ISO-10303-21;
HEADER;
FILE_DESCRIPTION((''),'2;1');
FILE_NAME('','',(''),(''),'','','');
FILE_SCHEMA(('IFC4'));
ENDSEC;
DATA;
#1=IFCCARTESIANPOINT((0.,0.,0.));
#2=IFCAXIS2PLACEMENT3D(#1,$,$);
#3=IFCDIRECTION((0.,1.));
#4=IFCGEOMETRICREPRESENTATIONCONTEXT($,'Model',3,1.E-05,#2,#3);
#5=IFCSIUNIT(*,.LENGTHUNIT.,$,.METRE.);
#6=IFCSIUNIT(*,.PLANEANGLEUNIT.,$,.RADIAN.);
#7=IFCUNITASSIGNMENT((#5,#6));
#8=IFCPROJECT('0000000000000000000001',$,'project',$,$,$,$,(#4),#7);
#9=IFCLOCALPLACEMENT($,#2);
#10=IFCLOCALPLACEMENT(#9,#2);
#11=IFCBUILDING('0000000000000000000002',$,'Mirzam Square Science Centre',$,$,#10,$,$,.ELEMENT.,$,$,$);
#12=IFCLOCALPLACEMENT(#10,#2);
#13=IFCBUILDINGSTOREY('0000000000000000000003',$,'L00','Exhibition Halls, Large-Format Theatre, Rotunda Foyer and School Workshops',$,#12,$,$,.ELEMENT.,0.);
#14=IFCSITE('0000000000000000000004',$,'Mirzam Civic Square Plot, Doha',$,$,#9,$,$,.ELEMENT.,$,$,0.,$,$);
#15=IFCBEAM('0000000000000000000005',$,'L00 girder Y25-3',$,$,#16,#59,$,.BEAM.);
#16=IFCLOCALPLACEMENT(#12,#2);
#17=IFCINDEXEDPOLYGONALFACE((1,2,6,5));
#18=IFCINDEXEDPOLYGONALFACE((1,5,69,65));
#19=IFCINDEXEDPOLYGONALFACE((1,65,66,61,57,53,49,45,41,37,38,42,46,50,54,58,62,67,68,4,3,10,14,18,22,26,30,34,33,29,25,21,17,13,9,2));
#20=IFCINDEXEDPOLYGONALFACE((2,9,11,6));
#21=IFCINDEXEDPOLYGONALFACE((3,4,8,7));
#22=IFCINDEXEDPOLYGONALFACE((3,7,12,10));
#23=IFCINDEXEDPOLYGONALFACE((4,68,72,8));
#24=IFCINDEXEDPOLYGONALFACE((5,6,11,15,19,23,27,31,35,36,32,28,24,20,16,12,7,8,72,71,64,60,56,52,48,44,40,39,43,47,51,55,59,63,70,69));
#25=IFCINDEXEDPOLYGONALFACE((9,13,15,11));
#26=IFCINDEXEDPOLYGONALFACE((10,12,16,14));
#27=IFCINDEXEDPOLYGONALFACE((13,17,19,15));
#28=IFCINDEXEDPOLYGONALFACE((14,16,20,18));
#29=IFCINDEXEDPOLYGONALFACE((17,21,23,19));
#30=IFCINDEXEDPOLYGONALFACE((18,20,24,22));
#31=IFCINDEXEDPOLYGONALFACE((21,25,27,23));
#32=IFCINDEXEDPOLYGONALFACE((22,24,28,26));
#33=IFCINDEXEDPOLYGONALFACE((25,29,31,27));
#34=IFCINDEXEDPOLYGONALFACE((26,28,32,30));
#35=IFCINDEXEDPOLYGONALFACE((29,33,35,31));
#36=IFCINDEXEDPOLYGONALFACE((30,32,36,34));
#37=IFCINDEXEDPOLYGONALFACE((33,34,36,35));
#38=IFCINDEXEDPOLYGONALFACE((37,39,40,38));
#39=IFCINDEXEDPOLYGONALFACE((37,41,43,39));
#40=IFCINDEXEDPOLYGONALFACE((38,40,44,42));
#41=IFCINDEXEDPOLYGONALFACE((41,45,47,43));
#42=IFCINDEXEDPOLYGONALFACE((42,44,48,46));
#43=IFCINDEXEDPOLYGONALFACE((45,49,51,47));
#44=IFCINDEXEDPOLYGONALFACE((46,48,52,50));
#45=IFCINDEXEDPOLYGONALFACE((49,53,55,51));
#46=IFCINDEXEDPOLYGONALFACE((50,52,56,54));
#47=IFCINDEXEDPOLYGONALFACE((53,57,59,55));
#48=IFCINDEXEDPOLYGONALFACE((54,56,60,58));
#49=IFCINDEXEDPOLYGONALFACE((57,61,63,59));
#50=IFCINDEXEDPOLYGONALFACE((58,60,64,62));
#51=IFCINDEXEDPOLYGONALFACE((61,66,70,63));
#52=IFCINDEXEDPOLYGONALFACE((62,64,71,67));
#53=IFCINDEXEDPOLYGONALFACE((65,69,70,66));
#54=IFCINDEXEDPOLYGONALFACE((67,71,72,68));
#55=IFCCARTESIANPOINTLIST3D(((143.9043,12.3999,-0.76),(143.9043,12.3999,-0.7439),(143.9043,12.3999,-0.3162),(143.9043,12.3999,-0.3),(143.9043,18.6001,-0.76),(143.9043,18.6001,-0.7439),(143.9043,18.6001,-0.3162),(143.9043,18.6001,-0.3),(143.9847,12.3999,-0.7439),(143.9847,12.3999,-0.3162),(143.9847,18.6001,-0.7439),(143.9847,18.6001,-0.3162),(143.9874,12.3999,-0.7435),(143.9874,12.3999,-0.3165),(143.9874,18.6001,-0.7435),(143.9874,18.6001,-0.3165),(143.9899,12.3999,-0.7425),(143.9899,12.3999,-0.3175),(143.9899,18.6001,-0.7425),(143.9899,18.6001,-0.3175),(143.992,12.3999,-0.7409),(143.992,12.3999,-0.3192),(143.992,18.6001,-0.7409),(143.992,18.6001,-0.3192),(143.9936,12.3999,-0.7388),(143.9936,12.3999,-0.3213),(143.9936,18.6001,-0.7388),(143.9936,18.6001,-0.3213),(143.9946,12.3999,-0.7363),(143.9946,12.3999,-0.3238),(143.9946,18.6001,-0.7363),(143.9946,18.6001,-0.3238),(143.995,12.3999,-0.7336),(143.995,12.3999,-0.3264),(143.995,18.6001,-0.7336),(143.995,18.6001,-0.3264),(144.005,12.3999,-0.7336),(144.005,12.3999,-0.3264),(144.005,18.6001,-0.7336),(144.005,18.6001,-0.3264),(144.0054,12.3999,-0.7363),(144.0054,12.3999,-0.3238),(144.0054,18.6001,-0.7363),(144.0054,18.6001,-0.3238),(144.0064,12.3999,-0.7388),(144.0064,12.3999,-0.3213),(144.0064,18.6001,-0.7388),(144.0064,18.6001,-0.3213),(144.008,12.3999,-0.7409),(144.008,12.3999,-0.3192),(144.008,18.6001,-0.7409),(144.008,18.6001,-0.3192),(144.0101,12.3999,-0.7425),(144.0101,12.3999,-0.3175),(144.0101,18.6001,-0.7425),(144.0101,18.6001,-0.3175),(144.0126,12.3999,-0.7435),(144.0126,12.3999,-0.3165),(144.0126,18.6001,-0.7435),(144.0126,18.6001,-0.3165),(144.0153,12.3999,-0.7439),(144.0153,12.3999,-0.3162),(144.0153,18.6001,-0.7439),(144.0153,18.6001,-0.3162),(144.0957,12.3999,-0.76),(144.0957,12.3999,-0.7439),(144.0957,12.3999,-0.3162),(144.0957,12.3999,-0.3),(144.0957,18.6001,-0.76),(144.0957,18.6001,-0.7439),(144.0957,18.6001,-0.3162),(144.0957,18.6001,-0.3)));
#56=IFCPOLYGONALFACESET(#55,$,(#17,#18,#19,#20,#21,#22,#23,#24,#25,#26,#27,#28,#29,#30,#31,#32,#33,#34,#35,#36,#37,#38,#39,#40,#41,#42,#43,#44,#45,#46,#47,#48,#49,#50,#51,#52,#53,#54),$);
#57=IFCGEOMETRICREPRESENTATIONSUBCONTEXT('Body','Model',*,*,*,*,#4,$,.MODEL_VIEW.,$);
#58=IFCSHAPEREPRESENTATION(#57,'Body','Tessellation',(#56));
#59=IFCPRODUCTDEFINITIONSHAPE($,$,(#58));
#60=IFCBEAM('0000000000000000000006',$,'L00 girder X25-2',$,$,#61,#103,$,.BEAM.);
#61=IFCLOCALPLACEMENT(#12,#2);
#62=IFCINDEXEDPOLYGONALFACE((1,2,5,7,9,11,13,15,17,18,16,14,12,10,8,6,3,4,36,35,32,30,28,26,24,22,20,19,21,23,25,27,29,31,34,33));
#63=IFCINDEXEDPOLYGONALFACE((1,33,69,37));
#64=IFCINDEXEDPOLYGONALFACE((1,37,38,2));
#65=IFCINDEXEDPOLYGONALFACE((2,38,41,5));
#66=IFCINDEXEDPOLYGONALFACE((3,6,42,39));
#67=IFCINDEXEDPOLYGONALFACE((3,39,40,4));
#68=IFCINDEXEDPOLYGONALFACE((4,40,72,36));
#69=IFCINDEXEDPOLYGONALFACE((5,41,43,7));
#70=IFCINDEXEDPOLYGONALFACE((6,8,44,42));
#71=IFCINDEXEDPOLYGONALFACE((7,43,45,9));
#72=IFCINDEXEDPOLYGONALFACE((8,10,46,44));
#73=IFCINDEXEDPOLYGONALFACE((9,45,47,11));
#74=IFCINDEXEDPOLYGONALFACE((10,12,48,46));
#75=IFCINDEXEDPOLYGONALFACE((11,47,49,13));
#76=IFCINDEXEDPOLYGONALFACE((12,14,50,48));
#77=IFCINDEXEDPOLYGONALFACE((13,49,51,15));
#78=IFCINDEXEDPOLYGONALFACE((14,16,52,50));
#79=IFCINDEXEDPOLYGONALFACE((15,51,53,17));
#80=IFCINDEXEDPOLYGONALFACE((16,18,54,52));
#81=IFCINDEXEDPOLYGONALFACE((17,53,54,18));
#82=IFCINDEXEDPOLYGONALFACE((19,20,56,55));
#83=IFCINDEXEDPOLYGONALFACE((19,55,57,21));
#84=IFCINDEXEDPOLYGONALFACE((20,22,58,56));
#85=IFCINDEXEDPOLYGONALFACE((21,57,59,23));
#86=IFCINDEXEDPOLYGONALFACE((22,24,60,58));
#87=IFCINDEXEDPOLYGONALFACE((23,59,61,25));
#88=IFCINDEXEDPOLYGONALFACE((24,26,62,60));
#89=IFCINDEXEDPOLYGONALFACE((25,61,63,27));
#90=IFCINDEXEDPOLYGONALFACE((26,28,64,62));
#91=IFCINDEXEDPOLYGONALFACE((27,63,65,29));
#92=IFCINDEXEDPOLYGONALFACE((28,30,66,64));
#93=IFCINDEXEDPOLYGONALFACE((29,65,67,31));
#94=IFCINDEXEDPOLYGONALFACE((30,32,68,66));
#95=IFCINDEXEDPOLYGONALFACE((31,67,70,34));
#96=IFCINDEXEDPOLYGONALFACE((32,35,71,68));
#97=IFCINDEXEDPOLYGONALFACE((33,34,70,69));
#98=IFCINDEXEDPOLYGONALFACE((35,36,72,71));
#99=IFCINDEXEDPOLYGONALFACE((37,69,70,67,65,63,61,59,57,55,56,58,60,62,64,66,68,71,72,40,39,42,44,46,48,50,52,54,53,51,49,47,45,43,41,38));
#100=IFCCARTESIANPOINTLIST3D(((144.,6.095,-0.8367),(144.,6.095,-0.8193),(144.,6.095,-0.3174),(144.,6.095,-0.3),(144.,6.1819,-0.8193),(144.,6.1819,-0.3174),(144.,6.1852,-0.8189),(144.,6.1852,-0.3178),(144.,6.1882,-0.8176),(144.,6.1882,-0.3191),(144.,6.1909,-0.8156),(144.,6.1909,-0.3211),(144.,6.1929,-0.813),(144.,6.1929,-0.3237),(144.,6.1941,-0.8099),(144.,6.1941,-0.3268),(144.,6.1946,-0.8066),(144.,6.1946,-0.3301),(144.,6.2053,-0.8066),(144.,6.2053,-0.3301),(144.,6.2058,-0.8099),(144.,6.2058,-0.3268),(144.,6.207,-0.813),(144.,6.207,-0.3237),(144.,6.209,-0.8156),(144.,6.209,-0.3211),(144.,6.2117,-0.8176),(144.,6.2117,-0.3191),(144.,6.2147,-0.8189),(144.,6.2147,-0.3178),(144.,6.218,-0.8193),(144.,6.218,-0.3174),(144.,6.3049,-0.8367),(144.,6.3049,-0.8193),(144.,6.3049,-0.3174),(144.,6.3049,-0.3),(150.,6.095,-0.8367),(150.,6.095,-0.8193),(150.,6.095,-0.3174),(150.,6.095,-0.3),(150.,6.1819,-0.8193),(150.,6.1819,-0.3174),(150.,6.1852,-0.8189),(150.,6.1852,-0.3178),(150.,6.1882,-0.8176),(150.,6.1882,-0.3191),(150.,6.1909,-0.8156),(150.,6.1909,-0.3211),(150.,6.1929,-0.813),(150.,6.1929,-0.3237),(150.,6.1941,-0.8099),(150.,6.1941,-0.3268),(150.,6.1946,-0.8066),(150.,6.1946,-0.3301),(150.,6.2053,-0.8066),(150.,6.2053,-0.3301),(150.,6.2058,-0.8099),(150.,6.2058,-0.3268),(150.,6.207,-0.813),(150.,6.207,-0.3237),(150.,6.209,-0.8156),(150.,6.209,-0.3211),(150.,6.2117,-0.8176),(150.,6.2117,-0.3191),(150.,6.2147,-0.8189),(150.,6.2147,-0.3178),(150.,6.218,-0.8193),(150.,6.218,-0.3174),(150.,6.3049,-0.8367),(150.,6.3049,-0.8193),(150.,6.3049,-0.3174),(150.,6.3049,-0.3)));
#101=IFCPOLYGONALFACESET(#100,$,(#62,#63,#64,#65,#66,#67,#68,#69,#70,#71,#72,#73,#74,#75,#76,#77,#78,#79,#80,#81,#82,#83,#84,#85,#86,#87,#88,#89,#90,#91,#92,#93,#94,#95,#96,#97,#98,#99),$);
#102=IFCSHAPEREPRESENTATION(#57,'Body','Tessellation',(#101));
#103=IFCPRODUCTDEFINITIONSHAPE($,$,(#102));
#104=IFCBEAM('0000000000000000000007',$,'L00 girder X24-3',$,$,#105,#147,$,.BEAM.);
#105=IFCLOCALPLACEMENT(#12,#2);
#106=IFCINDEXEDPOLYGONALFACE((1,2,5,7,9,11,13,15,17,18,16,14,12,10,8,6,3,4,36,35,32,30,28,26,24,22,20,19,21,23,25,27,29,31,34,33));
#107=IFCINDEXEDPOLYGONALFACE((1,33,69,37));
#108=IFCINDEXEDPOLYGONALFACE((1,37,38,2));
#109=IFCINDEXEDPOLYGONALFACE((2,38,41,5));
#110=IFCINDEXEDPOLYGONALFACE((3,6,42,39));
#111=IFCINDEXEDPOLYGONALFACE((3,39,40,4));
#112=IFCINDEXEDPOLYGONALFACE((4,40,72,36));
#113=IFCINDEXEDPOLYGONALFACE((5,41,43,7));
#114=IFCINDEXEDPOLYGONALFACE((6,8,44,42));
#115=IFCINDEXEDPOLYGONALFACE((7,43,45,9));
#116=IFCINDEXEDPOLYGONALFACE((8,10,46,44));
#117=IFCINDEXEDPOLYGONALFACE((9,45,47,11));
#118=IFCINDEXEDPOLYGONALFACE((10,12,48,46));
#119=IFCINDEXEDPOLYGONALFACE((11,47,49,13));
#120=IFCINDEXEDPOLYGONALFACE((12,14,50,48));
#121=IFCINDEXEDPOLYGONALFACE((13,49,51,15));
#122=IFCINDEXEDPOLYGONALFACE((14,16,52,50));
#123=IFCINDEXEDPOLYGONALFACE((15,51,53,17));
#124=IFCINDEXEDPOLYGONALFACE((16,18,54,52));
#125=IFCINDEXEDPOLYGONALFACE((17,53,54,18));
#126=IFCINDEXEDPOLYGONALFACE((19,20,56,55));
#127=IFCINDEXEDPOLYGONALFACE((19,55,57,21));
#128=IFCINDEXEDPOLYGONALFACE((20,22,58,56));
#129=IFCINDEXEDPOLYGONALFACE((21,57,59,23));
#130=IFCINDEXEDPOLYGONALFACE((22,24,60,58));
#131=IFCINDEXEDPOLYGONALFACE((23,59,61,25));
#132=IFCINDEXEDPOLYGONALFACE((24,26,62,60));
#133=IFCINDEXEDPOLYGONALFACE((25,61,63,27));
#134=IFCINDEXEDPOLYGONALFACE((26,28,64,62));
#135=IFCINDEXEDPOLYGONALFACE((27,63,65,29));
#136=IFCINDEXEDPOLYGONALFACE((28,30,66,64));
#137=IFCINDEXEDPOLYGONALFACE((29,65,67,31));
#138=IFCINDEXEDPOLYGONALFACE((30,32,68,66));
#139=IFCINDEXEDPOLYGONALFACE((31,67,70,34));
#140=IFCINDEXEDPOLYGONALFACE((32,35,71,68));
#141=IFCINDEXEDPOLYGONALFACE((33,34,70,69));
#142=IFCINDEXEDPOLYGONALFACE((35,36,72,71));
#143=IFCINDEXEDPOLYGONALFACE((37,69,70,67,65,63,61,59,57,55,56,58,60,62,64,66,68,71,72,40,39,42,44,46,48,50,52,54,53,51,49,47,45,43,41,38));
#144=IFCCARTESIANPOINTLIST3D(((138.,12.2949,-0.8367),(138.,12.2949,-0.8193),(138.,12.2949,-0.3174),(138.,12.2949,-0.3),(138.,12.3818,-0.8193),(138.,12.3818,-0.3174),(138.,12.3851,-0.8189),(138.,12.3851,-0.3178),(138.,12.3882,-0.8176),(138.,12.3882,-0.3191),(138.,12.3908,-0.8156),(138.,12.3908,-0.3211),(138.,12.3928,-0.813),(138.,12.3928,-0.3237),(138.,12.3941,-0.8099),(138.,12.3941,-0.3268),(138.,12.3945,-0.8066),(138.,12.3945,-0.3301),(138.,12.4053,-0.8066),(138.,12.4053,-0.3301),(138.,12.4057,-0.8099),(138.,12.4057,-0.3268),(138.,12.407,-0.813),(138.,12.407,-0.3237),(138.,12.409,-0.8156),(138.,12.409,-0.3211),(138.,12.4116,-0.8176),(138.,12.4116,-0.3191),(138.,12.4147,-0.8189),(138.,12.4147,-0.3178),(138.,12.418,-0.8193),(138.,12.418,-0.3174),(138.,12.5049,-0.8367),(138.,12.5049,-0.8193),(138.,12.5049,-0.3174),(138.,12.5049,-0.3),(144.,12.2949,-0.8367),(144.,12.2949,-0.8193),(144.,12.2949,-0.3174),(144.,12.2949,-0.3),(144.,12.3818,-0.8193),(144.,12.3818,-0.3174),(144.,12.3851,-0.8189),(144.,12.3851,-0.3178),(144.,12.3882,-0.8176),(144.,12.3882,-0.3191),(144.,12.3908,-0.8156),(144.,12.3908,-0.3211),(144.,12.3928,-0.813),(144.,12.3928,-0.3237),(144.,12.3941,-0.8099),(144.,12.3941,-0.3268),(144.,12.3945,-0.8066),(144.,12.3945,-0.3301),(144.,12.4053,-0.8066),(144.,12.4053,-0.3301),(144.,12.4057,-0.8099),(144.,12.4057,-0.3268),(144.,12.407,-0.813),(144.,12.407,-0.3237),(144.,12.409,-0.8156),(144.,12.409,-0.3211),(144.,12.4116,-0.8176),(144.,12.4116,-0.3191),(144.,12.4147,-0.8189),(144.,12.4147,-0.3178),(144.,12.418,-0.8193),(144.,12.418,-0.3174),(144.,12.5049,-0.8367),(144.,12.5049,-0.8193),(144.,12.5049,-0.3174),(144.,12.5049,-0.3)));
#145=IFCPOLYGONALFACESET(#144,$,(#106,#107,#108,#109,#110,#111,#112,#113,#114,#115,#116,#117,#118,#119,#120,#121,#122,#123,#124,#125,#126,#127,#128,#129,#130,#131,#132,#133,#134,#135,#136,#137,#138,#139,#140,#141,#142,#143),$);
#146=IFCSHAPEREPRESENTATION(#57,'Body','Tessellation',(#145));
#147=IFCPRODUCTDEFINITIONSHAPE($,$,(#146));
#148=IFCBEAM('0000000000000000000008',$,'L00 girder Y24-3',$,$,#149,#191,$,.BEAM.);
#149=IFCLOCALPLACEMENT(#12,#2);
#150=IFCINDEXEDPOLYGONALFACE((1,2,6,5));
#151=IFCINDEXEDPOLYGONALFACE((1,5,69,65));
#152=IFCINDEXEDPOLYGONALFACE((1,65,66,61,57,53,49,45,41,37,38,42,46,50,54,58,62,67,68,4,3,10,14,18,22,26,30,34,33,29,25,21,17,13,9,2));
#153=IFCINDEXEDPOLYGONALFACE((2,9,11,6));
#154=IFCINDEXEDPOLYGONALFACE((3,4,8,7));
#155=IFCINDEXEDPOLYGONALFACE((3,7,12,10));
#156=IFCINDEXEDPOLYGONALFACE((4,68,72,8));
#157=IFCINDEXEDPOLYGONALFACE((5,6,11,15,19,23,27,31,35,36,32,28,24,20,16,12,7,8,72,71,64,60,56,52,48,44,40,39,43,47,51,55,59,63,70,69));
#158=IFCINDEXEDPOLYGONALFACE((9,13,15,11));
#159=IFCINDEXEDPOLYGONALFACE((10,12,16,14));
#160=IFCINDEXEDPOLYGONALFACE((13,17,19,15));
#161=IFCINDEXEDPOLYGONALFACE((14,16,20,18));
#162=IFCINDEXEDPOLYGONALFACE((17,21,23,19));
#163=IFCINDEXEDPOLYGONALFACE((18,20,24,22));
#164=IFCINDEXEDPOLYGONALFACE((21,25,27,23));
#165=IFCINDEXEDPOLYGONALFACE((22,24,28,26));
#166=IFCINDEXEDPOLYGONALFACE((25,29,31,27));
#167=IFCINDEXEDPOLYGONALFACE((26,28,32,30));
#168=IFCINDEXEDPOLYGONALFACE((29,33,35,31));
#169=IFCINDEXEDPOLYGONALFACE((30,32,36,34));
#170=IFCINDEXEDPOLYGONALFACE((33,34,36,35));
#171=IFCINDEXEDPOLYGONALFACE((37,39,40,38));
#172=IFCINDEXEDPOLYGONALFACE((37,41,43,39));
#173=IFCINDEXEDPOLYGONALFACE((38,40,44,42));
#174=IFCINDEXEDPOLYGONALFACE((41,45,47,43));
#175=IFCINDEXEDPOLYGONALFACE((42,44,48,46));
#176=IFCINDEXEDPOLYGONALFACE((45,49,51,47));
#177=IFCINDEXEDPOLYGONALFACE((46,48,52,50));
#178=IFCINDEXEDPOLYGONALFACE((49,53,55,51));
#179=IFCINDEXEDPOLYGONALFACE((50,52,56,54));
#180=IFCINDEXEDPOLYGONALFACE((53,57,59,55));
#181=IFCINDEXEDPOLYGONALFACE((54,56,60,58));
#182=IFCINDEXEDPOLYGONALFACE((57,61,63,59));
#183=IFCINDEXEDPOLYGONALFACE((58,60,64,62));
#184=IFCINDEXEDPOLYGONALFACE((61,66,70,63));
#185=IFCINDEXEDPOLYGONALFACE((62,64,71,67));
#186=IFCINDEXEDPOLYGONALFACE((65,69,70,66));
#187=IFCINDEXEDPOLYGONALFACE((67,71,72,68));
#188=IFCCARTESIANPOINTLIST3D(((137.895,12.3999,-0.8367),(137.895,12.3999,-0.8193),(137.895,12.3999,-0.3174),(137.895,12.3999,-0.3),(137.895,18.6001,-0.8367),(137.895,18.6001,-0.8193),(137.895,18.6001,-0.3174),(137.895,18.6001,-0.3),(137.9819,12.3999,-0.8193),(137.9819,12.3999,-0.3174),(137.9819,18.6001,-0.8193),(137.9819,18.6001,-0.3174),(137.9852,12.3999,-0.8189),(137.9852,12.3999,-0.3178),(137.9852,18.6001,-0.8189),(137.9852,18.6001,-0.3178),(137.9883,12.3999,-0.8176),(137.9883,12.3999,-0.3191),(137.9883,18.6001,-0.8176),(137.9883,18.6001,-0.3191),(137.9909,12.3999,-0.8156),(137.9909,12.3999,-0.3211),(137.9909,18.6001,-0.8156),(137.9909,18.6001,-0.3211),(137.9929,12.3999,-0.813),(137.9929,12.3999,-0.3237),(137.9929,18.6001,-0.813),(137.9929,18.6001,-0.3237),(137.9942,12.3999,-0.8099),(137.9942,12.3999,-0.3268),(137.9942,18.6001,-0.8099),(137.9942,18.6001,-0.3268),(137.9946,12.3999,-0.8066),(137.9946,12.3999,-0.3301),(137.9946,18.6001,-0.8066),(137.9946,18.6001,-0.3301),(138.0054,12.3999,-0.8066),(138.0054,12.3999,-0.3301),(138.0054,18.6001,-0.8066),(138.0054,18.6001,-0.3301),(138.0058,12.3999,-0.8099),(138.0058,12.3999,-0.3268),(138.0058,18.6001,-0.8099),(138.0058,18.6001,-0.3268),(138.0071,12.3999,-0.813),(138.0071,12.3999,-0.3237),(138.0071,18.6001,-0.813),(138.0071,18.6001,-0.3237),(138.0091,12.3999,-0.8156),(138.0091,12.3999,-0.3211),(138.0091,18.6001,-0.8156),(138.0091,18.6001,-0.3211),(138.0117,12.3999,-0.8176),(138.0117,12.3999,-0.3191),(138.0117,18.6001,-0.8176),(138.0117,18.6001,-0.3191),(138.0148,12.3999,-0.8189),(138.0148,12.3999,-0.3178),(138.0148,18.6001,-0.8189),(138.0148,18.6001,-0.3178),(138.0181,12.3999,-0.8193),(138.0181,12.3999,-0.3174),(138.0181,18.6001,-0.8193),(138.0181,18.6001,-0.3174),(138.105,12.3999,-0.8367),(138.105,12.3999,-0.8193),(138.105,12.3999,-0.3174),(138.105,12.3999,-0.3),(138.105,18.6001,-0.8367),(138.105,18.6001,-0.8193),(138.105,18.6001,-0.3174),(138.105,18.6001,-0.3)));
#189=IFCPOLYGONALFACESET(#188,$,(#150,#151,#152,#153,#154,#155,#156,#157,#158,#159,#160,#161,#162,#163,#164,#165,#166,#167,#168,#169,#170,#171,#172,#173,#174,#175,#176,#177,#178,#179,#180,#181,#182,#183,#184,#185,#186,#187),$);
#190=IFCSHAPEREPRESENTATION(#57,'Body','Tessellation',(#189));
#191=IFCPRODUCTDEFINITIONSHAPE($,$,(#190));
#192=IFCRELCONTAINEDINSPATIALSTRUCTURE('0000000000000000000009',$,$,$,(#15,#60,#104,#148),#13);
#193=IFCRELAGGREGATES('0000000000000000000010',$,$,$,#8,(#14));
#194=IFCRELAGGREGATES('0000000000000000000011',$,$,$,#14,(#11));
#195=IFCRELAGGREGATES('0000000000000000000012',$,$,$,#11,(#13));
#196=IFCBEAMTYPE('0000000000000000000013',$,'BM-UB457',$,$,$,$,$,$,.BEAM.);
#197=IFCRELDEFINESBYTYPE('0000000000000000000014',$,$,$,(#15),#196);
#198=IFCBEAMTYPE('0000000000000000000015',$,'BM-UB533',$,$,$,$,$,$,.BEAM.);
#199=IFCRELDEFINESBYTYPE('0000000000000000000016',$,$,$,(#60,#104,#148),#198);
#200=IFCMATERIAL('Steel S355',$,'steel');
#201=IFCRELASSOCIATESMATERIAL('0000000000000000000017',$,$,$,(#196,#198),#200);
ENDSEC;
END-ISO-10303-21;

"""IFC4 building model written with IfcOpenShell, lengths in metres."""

from ifc_helpers import new_model, si_unit, direction, frame, origin, origin_2d, place, context, subcontext, project, spatial, i_section, extrude, material, material_profile, profile_set, type_object, element, save


model = new_model("IFC4")

# Units and contexts
model_context = context("Model", 3, precision=1e-05, world=origin(), true_north=direction((0.0, 1.0)))
body_context = subcontext(model_context, "Body", "Model", "MODEL_VIEW")
ifc_project = project(units=[si_unit("LENGTHUNIT", "METRE"), si_unit("PLANEANGLEUNIT", "RADIAN")], contexts=[model_context])

# Site, building, storey
site_placement = place(None, origin())
site = spatial("IfcSite", under=ifc_project, at=site_placement, Name="Mirzam Civic Square Plot, Doha", CompositionType="ELEMENT", RefElevation=0.0)
building_placement = place(site_placement, origin())
building = spatial("IfcBuilding", under=site, at=building_placement, Name="Mirzam Square Science Centre", CompositionType="ELEMENT")
storey_placement = place(building_placement, origin())
storey = spatial("IfcBuildingStorey", under=building, at=storey_placement, Name="L00", Description="Exhibition Halls, Large-Format Theatre, Rotunda Foyer and School Workshops", CompositionType="ELEMENT", Elevation=0.0)

# Shared definitions
ifc_material_1 = material(Name="Steel S355", Category="steel")

# Beams
ifc_material_profile_1 = material_profile(ifc_material_1, i_section(OverallWidth=0.1914, OverallDepth=0.46, WebThickness=0.01, FlangeThickness=0.0161, FilletRadius=0.0103, at=origin_2d()), Name="457x191x82UB")
ifc_profile_set_1 = profile_set([ifc_material_profile_1], Name="Steel S355")
beam_type_1 = type_object("IfcBeamType", Name="BM-UB457", PredefinedType="BEAM", material=ifc_profile_set_1)
beam_1_placement = place(storey_placement, frame((144.0, 12.3999, -0.53), z_axis=(0.0, 1.0, 0.0), x_axis=(-1.0, 0.0, 0.0)))
element("IfcBeam", 1, at=beam_1_placement, inside=storey, type_object=beam_type_1, Name="L00 girder Y25-3", PredefinedType="BEAM", context=body_context, shape_type="SweptSolid", body=[
    extrude(i_section(OverallWidth=0.1914, OverallDepth=0.46, WebThickness=0.01, FlangeThickness=0.0161, FilletRadius=0.0103, at=origin_2d()), origin(), (0.0, 0.0, 1.0), 6.2002),
])
ifc_material_profile_2 = material_profile(ifc_material_1, i_section(OverallWidth=0.21, OverallDepth=0.5366, WebThickness=0.0107, FlangeThickness=0.0173, FilletRadius=0.0127, at=origin_2d()), Name="533x210x101UB")
ifc_profile_set_2 = profile_set([ifc_material_profile_2], Name="Steel S355")
beam_type_2 = type_object("IfcBeamType", Name="BM-UB533", PredefinedType="BEAM", material=ifc_profile_set_2)
for number, where, z_axis, x_axis, name in (
    (2, (144.0, 6.2, -0.5684), (1.0, 0.0, 0.0), (0.0, 1.0, 0.0), "L00 girder X25-2"),
    (3, (138.0, 12.3999, -0.5684), (1.0, 0.0, 0.0), (0.0, 1.0, 0.0), "L00 girder X24-3"),
):
    element("IfcBeam", number, at=place(storey_placement, frame(where, z_axis=z_axis, x_axis=x_axis)), inside=storey, type_object=beam_type_2, Name=name, PredefinedType="BEAM", context=body_context, shape_type="SweptSolid", body=[
        extrude(i_section(OverallWidth=0.21, OverallDepth=0.5366, WebThickness=0.0107, FlangeThickness=0.0173, FilletRadius=0.0127, at=origin_2d()), origin(), (0.0, 0.0, 1.0), 6.0),
    ])
beam_2_placement = place(storey_placement, frame((138.0, 12.3999, -0.5684), z_axis=(0.0, 1.0, 0.0), x_axis=(-1.0, 0.0, 0.0)))
element("IfcBeam", 4, at=beam_2_placement, inside=storey, type_object=beam_type_2, Name="L00 girder Y24-3", PredefinedType="BEAM", context=body_context, shape_type="SweptSolid", body=[
    extrude(i_section(OverallWidth=0.21, OverallDepth=0.5366, WebThickness=0.0107, FlangeThickness=0.0173, FilletRadius=0.0127, at=origin_2d()), origin(), (0.0, 0.0, 1.0), 6.2002),
])

save(model, "model.ifc")
